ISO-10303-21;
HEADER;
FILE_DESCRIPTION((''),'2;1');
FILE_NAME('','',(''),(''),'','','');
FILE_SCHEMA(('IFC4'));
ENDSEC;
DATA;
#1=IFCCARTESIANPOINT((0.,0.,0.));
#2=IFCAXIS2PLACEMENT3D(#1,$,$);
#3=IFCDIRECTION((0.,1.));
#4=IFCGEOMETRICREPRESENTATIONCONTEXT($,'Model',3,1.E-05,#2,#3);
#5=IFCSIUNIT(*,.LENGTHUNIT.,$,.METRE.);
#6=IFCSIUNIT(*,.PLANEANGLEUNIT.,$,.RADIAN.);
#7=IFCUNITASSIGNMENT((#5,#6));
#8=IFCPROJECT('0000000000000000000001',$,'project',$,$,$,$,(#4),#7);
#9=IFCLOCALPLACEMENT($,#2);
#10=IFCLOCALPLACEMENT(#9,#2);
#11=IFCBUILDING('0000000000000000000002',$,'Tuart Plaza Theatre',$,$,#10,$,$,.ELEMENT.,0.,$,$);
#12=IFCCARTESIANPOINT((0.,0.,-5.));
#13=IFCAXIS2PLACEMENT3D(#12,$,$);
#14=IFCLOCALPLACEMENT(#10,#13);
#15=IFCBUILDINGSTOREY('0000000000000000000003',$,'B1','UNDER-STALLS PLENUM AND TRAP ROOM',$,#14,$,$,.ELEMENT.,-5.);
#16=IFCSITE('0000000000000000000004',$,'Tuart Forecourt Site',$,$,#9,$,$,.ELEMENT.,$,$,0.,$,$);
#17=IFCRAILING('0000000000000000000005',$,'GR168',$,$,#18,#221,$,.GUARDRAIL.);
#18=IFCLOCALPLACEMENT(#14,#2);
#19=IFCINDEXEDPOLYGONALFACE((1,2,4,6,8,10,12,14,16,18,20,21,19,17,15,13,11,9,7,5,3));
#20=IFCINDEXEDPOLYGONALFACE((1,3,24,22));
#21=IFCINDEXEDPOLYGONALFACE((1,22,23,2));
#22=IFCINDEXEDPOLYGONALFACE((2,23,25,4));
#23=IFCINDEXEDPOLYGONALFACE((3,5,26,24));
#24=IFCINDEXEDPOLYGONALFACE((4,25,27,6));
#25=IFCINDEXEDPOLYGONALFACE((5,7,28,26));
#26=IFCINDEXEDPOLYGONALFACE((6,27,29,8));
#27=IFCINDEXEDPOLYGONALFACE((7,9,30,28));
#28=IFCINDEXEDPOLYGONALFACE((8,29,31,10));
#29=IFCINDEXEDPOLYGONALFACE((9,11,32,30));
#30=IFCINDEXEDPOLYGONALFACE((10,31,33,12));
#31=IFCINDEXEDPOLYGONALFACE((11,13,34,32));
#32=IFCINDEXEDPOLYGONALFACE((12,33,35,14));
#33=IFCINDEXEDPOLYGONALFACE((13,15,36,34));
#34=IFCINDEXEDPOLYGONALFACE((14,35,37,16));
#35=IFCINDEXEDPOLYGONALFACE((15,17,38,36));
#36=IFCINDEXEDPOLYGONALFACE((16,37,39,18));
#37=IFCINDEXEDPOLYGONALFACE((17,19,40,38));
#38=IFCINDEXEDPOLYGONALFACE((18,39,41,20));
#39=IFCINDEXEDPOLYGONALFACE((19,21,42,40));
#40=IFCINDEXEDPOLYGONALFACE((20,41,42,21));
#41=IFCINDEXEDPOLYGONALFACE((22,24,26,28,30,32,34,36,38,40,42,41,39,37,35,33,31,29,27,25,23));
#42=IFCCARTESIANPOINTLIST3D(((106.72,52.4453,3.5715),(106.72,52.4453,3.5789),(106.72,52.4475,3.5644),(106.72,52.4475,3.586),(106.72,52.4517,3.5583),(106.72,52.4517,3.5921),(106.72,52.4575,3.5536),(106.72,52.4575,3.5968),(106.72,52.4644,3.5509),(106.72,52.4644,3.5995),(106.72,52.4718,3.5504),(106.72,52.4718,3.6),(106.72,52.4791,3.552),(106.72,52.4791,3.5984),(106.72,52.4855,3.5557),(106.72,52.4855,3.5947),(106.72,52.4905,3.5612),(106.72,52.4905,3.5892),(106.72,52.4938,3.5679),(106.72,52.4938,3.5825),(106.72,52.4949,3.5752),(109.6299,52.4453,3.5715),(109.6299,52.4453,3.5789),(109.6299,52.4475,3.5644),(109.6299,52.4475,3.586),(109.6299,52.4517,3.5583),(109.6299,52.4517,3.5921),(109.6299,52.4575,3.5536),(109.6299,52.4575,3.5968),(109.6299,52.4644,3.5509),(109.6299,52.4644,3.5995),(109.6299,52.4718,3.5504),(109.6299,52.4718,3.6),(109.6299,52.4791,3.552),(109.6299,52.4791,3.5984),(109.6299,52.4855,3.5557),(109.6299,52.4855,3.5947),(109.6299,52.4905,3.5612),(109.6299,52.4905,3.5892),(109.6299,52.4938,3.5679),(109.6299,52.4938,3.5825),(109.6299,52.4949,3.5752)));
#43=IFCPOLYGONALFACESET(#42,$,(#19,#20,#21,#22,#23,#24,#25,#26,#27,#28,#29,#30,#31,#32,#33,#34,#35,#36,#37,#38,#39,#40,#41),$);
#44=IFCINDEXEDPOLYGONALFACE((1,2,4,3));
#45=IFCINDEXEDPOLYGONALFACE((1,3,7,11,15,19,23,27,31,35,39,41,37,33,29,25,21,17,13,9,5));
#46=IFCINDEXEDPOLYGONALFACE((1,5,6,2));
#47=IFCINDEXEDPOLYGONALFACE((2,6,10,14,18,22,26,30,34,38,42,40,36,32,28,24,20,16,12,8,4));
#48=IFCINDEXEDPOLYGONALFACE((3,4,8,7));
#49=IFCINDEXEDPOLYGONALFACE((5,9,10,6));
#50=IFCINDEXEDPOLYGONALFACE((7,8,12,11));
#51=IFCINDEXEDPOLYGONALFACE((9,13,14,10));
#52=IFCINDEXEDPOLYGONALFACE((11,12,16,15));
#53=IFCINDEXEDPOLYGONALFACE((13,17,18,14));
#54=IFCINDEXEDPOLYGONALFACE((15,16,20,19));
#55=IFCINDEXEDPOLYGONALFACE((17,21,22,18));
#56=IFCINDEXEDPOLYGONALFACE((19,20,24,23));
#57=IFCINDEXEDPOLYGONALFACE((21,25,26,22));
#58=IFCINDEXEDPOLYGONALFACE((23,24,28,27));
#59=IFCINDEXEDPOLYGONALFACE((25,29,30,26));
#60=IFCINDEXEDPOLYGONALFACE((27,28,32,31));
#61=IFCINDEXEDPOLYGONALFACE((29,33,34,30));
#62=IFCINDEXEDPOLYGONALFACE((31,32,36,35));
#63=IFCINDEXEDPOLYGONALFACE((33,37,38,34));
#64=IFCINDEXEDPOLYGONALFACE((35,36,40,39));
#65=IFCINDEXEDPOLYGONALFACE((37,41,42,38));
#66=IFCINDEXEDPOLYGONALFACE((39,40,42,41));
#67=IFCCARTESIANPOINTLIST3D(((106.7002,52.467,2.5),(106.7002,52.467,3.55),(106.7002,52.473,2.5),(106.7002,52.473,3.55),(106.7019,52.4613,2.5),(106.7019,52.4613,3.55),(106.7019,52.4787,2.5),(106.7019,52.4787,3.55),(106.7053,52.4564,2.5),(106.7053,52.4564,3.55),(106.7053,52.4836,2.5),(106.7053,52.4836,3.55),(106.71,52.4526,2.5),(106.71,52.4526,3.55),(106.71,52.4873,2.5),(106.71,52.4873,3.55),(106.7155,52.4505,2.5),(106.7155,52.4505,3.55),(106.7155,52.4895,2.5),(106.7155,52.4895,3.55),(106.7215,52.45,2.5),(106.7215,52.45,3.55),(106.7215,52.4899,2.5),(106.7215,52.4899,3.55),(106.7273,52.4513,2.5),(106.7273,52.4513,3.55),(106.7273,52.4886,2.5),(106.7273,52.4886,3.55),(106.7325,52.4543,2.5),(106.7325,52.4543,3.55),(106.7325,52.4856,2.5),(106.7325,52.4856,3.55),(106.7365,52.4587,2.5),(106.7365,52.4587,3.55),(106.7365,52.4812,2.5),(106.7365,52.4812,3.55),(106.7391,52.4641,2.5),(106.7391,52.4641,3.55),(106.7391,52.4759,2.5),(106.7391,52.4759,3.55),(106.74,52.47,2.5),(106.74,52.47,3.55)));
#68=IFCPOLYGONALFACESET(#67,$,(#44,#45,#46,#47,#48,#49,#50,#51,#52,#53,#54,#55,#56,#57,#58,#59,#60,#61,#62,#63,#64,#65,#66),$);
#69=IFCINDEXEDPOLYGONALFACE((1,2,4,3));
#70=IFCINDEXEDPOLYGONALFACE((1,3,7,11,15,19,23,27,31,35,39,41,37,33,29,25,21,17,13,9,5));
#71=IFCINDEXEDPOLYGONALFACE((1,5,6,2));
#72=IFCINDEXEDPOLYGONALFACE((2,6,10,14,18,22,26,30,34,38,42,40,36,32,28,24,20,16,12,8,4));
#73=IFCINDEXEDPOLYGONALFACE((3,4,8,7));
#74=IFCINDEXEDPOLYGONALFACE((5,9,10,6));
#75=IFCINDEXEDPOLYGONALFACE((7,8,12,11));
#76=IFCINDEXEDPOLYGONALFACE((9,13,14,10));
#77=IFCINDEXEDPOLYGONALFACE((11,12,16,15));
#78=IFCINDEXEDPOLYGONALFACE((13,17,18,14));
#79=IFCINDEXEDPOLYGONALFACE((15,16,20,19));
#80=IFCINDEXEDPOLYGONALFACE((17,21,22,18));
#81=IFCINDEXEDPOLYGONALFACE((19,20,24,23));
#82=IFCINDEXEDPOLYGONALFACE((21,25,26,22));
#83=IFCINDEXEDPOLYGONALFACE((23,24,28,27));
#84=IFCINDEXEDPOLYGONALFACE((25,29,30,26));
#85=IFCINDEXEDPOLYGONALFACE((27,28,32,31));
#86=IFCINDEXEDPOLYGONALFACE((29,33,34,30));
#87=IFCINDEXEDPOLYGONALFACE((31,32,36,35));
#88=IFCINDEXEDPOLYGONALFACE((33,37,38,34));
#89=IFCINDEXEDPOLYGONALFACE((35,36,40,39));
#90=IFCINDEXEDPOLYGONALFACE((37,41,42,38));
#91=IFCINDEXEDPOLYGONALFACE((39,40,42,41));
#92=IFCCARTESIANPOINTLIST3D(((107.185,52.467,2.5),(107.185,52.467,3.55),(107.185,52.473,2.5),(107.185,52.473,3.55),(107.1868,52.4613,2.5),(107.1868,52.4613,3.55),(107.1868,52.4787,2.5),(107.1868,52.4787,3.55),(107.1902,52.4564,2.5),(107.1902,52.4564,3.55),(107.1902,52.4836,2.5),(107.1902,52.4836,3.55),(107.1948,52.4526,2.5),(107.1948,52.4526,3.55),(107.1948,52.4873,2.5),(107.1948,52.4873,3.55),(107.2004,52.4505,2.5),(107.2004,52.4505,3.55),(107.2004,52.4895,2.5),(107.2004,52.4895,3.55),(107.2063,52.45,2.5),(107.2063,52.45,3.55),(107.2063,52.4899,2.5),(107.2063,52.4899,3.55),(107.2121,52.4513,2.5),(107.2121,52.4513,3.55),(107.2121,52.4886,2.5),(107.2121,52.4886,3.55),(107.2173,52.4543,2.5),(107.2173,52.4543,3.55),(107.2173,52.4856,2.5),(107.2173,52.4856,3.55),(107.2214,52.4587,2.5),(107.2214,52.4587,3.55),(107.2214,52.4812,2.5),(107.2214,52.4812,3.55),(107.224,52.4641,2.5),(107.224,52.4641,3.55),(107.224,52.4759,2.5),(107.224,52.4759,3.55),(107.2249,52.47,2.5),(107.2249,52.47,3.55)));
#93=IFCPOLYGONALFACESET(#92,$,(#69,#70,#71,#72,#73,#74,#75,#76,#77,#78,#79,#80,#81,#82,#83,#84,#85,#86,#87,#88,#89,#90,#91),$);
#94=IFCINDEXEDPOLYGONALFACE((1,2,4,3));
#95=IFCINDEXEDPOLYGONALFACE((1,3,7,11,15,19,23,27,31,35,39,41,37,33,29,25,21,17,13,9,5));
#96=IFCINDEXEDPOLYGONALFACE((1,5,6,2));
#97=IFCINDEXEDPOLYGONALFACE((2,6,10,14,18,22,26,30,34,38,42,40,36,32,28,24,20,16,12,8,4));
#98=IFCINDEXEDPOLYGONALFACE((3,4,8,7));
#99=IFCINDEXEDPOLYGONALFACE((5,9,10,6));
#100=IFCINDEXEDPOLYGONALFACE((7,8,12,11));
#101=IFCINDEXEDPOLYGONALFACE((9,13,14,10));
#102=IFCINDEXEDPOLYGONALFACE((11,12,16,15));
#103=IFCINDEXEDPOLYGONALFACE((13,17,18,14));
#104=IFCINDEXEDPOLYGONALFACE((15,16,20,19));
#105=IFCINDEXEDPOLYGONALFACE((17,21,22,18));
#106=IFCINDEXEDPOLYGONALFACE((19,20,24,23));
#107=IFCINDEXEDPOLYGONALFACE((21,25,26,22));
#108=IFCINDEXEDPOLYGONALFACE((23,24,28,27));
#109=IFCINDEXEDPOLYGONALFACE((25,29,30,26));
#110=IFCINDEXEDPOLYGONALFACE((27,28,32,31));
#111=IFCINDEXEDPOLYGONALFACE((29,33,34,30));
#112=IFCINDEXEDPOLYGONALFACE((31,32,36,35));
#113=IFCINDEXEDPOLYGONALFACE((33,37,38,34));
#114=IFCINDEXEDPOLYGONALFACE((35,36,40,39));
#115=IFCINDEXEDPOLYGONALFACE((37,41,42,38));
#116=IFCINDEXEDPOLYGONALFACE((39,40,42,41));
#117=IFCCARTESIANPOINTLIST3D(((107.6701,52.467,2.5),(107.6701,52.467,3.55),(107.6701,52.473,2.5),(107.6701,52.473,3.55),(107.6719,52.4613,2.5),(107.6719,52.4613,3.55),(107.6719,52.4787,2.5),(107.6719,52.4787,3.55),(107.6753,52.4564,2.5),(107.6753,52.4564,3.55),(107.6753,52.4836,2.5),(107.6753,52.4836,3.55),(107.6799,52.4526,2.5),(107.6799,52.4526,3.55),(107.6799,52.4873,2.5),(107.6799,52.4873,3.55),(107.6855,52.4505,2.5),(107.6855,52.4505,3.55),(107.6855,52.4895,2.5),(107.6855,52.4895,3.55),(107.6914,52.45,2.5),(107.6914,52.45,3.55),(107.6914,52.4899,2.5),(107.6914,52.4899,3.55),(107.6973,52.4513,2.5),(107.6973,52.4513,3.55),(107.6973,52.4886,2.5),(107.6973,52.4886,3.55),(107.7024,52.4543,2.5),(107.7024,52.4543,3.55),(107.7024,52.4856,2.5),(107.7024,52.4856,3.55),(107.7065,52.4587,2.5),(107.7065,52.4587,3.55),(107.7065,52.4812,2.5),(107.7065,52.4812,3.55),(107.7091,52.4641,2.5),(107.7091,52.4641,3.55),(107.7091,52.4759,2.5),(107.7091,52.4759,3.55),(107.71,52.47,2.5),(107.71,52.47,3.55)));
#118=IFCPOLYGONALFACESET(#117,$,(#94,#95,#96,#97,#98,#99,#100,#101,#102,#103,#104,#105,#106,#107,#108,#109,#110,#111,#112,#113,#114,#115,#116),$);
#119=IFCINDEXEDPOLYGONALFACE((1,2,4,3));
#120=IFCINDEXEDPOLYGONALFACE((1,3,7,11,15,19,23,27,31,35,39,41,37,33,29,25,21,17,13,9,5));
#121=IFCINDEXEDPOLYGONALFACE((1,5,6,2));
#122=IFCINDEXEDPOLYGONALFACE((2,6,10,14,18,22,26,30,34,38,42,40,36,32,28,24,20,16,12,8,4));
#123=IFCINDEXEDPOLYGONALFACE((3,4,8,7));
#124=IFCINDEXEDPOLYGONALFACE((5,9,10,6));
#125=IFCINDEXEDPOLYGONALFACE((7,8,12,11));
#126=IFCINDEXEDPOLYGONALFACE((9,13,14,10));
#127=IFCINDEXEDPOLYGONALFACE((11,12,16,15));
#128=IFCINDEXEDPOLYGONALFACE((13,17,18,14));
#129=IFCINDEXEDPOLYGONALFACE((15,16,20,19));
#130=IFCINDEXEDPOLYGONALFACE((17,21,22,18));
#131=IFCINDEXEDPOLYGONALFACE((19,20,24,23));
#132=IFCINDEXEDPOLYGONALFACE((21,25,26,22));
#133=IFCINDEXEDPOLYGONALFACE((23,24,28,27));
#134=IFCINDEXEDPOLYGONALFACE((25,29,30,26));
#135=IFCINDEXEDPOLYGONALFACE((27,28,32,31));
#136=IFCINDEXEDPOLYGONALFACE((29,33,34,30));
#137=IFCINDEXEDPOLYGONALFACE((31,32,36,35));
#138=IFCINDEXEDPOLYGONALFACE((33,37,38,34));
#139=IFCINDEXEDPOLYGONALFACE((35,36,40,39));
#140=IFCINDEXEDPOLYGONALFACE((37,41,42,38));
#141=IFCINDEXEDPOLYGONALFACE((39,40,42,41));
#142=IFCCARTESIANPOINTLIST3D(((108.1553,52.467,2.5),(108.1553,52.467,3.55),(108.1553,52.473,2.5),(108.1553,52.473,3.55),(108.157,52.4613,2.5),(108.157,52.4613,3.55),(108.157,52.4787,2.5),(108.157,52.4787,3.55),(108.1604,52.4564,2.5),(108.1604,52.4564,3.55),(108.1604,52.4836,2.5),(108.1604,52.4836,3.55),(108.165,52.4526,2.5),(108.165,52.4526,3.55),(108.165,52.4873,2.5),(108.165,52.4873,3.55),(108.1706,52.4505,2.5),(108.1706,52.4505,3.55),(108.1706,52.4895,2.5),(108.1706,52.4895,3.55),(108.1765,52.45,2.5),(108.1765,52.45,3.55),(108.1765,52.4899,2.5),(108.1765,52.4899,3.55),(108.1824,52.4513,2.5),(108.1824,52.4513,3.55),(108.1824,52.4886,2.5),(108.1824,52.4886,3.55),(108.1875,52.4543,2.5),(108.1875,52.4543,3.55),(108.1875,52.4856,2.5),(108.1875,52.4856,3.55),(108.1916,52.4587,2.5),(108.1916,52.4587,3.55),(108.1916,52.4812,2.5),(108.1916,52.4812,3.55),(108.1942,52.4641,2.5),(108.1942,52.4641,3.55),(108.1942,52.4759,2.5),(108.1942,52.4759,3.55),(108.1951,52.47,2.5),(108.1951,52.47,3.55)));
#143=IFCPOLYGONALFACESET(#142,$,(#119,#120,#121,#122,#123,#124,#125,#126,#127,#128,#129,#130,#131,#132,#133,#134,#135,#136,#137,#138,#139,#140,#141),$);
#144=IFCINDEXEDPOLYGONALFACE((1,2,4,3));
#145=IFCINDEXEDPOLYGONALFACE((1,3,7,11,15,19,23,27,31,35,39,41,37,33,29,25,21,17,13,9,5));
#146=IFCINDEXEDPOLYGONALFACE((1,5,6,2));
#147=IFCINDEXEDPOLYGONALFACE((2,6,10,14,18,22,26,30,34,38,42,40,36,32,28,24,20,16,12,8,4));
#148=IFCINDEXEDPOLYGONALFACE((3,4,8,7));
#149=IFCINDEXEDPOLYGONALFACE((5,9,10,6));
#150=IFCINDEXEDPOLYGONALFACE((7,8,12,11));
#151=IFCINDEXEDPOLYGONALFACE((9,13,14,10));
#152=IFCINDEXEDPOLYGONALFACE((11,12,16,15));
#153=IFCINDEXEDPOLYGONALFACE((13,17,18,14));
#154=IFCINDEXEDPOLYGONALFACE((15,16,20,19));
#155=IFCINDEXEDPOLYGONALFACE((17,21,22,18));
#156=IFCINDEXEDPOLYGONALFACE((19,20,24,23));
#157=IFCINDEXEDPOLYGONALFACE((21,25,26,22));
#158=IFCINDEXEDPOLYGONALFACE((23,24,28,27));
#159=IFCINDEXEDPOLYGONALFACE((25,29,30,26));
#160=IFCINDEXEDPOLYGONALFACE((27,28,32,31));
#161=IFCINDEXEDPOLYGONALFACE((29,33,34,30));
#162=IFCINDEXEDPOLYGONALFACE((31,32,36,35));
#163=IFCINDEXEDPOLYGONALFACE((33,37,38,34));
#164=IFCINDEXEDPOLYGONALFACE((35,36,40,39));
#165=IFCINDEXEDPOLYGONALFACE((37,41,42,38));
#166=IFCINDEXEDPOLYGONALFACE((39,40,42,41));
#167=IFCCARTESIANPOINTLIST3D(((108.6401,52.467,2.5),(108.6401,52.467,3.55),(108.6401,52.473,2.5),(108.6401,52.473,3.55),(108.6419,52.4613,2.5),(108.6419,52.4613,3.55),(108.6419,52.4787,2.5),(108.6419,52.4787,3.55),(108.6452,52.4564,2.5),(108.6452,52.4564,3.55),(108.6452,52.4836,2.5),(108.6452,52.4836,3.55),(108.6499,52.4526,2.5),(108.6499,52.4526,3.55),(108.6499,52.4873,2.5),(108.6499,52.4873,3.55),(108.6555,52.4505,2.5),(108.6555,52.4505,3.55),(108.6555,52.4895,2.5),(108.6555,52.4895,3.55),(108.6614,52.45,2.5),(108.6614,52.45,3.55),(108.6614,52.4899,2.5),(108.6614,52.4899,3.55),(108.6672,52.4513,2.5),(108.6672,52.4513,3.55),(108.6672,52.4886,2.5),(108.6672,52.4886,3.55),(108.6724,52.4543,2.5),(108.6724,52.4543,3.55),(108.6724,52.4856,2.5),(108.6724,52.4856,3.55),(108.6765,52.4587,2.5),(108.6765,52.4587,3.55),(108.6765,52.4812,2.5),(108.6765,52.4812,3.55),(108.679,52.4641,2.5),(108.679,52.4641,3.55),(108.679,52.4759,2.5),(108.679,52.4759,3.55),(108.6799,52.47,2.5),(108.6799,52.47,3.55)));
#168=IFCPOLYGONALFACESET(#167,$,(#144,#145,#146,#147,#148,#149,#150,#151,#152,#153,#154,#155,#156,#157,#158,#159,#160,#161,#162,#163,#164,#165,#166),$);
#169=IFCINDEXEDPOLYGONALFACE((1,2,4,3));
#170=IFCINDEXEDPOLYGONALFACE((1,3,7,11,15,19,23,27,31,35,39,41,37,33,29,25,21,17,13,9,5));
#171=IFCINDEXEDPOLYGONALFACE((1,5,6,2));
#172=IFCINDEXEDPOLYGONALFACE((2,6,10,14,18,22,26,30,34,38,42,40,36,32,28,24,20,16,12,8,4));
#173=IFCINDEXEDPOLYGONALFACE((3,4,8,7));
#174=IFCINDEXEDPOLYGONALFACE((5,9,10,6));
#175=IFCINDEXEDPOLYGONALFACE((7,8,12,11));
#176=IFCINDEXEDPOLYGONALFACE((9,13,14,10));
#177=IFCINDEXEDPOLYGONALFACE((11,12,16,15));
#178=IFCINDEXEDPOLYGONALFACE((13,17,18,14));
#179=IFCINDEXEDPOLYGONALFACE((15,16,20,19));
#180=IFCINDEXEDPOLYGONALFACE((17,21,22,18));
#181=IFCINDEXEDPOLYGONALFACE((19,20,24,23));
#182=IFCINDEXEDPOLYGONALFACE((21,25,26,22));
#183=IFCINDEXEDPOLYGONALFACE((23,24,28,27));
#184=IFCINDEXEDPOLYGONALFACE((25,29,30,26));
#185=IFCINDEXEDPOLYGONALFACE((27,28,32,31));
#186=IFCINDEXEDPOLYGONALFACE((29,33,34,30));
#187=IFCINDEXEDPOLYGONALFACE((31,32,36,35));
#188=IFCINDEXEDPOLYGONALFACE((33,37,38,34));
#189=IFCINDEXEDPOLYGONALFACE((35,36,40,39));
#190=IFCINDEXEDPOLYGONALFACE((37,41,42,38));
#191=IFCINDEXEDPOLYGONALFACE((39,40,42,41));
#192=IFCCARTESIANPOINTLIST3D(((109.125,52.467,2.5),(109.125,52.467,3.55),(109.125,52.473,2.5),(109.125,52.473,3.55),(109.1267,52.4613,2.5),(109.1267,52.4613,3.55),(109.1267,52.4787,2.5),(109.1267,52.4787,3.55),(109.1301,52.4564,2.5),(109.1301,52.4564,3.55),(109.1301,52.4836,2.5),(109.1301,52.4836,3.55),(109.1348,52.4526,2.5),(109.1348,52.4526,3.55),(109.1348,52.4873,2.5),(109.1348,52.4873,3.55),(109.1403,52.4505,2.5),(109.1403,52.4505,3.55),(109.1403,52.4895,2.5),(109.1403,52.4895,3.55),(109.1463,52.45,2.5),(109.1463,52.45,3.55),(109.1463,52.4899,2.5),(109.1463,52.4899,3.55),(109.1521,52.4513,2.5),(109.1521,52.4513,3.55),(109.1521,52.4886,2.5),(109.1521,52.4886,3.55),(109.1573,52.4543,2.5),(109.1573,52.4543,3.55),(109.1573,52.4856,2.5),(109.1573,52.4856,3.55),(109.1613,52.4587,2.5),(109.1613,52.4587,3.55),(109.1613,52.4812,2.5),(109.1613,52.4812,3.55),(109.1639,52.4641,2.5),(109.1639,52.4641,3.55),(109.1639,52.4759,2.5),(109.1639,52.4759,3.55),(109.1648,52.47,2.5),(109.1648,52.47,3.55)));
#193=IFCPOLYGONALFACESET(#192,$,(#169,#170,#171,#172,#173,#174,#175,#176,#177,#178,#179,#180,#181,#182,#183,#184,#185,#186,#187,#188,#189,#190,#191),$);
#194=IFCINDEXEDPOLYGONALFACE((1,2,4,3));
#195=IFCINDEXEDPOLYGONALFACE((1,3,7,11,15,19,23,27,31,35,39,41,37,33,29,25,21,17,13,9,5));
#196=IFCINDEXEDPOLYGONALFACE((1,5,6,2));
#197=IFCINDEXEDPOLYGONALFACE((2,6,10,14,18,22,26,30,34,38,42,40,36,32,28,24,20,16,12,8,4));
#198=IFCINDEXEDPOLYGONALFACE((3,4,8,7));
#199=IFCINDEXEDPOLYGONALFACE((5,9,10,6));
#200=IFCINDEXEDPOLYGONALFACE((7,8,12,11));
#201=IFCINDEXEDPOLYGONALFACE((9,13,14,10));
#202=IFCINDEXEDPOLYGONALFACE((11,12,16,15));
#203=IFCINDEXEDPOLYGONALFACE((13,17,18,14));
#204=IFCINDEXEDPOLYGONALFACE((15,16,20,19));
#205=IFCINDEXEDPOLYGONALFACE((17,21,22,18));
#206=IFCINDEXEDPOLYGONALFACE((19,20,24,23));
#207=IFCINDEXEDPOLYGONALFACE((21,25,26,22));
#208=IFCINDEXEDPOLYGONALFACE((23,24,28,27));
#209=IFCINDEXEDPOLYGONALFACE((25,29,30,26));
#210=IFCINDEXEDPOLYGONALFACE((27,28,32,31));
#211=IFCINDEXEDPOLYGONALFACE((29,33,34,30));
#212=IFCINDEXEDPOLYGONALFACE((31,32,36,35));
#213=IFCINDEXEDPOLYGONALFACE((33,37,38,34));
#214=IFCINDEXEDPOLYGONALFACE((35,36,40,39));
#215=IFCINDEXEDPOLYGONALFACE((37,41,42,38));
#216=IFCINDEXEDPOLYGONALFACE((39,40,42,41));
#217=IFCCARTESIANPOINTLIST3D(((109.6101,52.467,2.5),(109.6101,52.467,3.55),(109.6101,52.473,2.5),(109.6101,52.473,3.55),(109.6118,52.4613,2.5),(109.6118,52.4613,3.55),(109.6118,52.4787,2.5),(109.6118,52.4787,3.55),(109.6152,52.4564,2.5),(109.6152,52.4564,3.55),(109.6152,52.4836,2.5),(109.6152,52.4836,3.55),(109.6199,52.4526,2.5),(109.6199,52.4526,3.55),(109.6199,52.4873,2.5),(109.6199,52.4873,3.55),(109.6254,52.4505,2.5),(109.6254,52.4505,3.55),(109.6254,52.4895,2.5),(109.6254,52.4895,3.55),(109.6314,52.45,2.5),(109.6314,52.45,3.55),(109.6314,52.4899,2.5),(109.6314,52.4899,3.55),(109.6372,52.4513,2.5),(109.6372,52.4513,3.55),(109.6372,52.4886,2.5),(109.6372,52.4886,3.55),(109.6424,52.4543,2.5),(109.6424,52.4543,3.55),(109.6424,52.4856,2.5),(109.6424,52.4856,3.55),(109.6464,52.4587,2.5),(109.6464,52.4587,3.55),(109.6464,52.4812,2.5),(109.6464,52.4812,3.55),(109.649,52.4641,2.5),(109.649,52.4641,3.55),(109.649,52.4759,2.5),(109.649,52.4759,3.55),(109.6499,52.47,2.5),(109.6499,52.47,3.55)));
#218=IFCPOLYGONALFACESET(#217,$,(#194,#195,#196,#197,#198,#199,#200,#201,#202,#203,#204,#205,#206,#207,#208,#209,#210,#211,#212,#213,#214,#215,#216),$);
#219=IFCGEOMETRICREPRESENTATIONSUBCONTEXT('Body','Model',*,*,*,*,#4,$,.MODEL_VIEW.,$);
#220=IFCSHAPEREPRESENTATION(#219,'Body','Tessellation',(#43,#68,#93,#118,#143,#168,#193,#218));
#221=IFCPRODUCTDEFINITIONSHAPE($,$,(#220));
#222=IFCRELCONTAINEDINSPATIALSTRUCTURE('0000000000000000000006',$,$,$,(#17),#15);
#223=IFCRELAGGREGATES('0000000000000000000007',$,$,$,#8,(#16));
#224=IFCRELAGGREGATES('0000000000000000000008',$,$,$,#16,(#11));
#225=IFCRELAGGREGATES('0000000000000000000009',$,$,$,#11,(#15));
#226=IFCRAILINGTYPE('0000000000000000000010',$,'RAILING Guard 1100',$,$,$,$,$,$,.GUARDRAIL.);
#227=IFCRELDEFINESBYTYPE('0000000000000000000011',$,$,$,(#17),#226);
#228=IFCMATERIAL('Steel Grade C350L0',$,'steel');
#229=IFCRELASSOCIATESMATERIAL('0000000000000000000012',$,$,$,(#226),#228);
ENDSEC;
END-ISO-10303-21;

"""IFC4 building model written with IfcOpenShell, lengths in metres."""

from ifc_helpers import new_model, si_unit, direction, frame, origin, origin_2d, place, context, subcontext, project, spatial, circle, extrude, material, type_object, element, save


model = new_model("IFC4")

# Units and contexts
model_context = context("Model", 3, precision=1e-05, world=origin(), true_north=direction((0.0, 1.0)))
body_context = subcontext(model_context, "Body", "Model", "MODEL_VIEW")
ifc_project = project(units=[si_unit("LENGTHUNIT", "METRE"), si_unit("PLANEANGLEUNIT", "RADIAN")], contexts=[model_context])

# Site, building, storey
site_placement = place(None, origin())
site = spatial("IfcSite", under=ifc_project, at=site_placement, Name="Tuart Forecourt Site", CompositionType="ELEMENT", RefElevation=0.0)
building_placement = place(site_placement, origin())
building = spatial("IfcBuilding", under=site, at=building_placement, Name="Tuart Plaza Theatre", CompositionType="ELEMENT", ElevationOfRefHeight=0.0)
storey_placement = place(building_placement, frame((0.0, 0.0, -5.0)))
storey = spatial("IfcBuildingStorey", under=building, at=storey_placement, Name="B1", Description="UNDER-STALLS PLENUM AND TRAP ROOM", CompositionType="ELEMENT", Elevation=-5.0)

# Railing
ifc_material_1 = material(Name="Steel Grade C350L0", Category="steel")
railing_type_1 = type_object("IfcRailingType", Name="RAILING Guard 1100", PredefinedType="GUARDRAIL", material=ifc_material_1)
railing_1_placement = place(storey_placement, frame((106.72, 52.47, 2.5)))
element("IfcRailing", 1, at=railing_1_placement, inside=storey, type_object=railing_type_1, Name="GR168", PredefinedType="GUARDRAIL", context=body_context, shape_type="SweptSolid", body=[
    extrude(circle(Radius=0.0249, at=origin_2d()), frame((0.0, 0.0, 1.0752), z_axis=(1.0, 0.0, 0.0), x_axis=(0.0, 1.0, 0.0)), (0.0, 0.0, 1.0), 2.9099),
    extrude(circle(Radius=0.02, at=origin_2d()), origin(), (0.0, 0.0, 1.0), 1.05),
    extrude(circle(Radius=0.02, at=origin_2d()), frame((0.4849, 0.0, 0.0)), (0.0, 0.0, 1.0), 1.05),
    extrude(circle(Radius=0.02, at=origin_2d()), frame((0.97, 0.0, 0.0)), (0.0, 0.0, 1.0), 1.05),
    extrude(circle(Radius=0.02, at=origin_2d()), frame((1.4551, 0.0, 0.0)), (0.0, 0.0, 1.0), 1.05),
    extrude(circle(Radius=0.02, at=origin_2d()), frame((1.9399, 0.0, 0.0)), (0.0, 0.0, 1.0), 1.05),
    extrude(circle(Radius=0.02, at=origin_2d()), frame((2.4248, 0.0, 0.0)), (0.0, 0.0, 1.0), 1.05),
    extrude(circle(Radius=0.02, at=origin_2d()), frame((2.9099, 0.0, 0.0)), (0.0, 0.0, 1.0), 1.05),
])

save(model, "model.ifc")
